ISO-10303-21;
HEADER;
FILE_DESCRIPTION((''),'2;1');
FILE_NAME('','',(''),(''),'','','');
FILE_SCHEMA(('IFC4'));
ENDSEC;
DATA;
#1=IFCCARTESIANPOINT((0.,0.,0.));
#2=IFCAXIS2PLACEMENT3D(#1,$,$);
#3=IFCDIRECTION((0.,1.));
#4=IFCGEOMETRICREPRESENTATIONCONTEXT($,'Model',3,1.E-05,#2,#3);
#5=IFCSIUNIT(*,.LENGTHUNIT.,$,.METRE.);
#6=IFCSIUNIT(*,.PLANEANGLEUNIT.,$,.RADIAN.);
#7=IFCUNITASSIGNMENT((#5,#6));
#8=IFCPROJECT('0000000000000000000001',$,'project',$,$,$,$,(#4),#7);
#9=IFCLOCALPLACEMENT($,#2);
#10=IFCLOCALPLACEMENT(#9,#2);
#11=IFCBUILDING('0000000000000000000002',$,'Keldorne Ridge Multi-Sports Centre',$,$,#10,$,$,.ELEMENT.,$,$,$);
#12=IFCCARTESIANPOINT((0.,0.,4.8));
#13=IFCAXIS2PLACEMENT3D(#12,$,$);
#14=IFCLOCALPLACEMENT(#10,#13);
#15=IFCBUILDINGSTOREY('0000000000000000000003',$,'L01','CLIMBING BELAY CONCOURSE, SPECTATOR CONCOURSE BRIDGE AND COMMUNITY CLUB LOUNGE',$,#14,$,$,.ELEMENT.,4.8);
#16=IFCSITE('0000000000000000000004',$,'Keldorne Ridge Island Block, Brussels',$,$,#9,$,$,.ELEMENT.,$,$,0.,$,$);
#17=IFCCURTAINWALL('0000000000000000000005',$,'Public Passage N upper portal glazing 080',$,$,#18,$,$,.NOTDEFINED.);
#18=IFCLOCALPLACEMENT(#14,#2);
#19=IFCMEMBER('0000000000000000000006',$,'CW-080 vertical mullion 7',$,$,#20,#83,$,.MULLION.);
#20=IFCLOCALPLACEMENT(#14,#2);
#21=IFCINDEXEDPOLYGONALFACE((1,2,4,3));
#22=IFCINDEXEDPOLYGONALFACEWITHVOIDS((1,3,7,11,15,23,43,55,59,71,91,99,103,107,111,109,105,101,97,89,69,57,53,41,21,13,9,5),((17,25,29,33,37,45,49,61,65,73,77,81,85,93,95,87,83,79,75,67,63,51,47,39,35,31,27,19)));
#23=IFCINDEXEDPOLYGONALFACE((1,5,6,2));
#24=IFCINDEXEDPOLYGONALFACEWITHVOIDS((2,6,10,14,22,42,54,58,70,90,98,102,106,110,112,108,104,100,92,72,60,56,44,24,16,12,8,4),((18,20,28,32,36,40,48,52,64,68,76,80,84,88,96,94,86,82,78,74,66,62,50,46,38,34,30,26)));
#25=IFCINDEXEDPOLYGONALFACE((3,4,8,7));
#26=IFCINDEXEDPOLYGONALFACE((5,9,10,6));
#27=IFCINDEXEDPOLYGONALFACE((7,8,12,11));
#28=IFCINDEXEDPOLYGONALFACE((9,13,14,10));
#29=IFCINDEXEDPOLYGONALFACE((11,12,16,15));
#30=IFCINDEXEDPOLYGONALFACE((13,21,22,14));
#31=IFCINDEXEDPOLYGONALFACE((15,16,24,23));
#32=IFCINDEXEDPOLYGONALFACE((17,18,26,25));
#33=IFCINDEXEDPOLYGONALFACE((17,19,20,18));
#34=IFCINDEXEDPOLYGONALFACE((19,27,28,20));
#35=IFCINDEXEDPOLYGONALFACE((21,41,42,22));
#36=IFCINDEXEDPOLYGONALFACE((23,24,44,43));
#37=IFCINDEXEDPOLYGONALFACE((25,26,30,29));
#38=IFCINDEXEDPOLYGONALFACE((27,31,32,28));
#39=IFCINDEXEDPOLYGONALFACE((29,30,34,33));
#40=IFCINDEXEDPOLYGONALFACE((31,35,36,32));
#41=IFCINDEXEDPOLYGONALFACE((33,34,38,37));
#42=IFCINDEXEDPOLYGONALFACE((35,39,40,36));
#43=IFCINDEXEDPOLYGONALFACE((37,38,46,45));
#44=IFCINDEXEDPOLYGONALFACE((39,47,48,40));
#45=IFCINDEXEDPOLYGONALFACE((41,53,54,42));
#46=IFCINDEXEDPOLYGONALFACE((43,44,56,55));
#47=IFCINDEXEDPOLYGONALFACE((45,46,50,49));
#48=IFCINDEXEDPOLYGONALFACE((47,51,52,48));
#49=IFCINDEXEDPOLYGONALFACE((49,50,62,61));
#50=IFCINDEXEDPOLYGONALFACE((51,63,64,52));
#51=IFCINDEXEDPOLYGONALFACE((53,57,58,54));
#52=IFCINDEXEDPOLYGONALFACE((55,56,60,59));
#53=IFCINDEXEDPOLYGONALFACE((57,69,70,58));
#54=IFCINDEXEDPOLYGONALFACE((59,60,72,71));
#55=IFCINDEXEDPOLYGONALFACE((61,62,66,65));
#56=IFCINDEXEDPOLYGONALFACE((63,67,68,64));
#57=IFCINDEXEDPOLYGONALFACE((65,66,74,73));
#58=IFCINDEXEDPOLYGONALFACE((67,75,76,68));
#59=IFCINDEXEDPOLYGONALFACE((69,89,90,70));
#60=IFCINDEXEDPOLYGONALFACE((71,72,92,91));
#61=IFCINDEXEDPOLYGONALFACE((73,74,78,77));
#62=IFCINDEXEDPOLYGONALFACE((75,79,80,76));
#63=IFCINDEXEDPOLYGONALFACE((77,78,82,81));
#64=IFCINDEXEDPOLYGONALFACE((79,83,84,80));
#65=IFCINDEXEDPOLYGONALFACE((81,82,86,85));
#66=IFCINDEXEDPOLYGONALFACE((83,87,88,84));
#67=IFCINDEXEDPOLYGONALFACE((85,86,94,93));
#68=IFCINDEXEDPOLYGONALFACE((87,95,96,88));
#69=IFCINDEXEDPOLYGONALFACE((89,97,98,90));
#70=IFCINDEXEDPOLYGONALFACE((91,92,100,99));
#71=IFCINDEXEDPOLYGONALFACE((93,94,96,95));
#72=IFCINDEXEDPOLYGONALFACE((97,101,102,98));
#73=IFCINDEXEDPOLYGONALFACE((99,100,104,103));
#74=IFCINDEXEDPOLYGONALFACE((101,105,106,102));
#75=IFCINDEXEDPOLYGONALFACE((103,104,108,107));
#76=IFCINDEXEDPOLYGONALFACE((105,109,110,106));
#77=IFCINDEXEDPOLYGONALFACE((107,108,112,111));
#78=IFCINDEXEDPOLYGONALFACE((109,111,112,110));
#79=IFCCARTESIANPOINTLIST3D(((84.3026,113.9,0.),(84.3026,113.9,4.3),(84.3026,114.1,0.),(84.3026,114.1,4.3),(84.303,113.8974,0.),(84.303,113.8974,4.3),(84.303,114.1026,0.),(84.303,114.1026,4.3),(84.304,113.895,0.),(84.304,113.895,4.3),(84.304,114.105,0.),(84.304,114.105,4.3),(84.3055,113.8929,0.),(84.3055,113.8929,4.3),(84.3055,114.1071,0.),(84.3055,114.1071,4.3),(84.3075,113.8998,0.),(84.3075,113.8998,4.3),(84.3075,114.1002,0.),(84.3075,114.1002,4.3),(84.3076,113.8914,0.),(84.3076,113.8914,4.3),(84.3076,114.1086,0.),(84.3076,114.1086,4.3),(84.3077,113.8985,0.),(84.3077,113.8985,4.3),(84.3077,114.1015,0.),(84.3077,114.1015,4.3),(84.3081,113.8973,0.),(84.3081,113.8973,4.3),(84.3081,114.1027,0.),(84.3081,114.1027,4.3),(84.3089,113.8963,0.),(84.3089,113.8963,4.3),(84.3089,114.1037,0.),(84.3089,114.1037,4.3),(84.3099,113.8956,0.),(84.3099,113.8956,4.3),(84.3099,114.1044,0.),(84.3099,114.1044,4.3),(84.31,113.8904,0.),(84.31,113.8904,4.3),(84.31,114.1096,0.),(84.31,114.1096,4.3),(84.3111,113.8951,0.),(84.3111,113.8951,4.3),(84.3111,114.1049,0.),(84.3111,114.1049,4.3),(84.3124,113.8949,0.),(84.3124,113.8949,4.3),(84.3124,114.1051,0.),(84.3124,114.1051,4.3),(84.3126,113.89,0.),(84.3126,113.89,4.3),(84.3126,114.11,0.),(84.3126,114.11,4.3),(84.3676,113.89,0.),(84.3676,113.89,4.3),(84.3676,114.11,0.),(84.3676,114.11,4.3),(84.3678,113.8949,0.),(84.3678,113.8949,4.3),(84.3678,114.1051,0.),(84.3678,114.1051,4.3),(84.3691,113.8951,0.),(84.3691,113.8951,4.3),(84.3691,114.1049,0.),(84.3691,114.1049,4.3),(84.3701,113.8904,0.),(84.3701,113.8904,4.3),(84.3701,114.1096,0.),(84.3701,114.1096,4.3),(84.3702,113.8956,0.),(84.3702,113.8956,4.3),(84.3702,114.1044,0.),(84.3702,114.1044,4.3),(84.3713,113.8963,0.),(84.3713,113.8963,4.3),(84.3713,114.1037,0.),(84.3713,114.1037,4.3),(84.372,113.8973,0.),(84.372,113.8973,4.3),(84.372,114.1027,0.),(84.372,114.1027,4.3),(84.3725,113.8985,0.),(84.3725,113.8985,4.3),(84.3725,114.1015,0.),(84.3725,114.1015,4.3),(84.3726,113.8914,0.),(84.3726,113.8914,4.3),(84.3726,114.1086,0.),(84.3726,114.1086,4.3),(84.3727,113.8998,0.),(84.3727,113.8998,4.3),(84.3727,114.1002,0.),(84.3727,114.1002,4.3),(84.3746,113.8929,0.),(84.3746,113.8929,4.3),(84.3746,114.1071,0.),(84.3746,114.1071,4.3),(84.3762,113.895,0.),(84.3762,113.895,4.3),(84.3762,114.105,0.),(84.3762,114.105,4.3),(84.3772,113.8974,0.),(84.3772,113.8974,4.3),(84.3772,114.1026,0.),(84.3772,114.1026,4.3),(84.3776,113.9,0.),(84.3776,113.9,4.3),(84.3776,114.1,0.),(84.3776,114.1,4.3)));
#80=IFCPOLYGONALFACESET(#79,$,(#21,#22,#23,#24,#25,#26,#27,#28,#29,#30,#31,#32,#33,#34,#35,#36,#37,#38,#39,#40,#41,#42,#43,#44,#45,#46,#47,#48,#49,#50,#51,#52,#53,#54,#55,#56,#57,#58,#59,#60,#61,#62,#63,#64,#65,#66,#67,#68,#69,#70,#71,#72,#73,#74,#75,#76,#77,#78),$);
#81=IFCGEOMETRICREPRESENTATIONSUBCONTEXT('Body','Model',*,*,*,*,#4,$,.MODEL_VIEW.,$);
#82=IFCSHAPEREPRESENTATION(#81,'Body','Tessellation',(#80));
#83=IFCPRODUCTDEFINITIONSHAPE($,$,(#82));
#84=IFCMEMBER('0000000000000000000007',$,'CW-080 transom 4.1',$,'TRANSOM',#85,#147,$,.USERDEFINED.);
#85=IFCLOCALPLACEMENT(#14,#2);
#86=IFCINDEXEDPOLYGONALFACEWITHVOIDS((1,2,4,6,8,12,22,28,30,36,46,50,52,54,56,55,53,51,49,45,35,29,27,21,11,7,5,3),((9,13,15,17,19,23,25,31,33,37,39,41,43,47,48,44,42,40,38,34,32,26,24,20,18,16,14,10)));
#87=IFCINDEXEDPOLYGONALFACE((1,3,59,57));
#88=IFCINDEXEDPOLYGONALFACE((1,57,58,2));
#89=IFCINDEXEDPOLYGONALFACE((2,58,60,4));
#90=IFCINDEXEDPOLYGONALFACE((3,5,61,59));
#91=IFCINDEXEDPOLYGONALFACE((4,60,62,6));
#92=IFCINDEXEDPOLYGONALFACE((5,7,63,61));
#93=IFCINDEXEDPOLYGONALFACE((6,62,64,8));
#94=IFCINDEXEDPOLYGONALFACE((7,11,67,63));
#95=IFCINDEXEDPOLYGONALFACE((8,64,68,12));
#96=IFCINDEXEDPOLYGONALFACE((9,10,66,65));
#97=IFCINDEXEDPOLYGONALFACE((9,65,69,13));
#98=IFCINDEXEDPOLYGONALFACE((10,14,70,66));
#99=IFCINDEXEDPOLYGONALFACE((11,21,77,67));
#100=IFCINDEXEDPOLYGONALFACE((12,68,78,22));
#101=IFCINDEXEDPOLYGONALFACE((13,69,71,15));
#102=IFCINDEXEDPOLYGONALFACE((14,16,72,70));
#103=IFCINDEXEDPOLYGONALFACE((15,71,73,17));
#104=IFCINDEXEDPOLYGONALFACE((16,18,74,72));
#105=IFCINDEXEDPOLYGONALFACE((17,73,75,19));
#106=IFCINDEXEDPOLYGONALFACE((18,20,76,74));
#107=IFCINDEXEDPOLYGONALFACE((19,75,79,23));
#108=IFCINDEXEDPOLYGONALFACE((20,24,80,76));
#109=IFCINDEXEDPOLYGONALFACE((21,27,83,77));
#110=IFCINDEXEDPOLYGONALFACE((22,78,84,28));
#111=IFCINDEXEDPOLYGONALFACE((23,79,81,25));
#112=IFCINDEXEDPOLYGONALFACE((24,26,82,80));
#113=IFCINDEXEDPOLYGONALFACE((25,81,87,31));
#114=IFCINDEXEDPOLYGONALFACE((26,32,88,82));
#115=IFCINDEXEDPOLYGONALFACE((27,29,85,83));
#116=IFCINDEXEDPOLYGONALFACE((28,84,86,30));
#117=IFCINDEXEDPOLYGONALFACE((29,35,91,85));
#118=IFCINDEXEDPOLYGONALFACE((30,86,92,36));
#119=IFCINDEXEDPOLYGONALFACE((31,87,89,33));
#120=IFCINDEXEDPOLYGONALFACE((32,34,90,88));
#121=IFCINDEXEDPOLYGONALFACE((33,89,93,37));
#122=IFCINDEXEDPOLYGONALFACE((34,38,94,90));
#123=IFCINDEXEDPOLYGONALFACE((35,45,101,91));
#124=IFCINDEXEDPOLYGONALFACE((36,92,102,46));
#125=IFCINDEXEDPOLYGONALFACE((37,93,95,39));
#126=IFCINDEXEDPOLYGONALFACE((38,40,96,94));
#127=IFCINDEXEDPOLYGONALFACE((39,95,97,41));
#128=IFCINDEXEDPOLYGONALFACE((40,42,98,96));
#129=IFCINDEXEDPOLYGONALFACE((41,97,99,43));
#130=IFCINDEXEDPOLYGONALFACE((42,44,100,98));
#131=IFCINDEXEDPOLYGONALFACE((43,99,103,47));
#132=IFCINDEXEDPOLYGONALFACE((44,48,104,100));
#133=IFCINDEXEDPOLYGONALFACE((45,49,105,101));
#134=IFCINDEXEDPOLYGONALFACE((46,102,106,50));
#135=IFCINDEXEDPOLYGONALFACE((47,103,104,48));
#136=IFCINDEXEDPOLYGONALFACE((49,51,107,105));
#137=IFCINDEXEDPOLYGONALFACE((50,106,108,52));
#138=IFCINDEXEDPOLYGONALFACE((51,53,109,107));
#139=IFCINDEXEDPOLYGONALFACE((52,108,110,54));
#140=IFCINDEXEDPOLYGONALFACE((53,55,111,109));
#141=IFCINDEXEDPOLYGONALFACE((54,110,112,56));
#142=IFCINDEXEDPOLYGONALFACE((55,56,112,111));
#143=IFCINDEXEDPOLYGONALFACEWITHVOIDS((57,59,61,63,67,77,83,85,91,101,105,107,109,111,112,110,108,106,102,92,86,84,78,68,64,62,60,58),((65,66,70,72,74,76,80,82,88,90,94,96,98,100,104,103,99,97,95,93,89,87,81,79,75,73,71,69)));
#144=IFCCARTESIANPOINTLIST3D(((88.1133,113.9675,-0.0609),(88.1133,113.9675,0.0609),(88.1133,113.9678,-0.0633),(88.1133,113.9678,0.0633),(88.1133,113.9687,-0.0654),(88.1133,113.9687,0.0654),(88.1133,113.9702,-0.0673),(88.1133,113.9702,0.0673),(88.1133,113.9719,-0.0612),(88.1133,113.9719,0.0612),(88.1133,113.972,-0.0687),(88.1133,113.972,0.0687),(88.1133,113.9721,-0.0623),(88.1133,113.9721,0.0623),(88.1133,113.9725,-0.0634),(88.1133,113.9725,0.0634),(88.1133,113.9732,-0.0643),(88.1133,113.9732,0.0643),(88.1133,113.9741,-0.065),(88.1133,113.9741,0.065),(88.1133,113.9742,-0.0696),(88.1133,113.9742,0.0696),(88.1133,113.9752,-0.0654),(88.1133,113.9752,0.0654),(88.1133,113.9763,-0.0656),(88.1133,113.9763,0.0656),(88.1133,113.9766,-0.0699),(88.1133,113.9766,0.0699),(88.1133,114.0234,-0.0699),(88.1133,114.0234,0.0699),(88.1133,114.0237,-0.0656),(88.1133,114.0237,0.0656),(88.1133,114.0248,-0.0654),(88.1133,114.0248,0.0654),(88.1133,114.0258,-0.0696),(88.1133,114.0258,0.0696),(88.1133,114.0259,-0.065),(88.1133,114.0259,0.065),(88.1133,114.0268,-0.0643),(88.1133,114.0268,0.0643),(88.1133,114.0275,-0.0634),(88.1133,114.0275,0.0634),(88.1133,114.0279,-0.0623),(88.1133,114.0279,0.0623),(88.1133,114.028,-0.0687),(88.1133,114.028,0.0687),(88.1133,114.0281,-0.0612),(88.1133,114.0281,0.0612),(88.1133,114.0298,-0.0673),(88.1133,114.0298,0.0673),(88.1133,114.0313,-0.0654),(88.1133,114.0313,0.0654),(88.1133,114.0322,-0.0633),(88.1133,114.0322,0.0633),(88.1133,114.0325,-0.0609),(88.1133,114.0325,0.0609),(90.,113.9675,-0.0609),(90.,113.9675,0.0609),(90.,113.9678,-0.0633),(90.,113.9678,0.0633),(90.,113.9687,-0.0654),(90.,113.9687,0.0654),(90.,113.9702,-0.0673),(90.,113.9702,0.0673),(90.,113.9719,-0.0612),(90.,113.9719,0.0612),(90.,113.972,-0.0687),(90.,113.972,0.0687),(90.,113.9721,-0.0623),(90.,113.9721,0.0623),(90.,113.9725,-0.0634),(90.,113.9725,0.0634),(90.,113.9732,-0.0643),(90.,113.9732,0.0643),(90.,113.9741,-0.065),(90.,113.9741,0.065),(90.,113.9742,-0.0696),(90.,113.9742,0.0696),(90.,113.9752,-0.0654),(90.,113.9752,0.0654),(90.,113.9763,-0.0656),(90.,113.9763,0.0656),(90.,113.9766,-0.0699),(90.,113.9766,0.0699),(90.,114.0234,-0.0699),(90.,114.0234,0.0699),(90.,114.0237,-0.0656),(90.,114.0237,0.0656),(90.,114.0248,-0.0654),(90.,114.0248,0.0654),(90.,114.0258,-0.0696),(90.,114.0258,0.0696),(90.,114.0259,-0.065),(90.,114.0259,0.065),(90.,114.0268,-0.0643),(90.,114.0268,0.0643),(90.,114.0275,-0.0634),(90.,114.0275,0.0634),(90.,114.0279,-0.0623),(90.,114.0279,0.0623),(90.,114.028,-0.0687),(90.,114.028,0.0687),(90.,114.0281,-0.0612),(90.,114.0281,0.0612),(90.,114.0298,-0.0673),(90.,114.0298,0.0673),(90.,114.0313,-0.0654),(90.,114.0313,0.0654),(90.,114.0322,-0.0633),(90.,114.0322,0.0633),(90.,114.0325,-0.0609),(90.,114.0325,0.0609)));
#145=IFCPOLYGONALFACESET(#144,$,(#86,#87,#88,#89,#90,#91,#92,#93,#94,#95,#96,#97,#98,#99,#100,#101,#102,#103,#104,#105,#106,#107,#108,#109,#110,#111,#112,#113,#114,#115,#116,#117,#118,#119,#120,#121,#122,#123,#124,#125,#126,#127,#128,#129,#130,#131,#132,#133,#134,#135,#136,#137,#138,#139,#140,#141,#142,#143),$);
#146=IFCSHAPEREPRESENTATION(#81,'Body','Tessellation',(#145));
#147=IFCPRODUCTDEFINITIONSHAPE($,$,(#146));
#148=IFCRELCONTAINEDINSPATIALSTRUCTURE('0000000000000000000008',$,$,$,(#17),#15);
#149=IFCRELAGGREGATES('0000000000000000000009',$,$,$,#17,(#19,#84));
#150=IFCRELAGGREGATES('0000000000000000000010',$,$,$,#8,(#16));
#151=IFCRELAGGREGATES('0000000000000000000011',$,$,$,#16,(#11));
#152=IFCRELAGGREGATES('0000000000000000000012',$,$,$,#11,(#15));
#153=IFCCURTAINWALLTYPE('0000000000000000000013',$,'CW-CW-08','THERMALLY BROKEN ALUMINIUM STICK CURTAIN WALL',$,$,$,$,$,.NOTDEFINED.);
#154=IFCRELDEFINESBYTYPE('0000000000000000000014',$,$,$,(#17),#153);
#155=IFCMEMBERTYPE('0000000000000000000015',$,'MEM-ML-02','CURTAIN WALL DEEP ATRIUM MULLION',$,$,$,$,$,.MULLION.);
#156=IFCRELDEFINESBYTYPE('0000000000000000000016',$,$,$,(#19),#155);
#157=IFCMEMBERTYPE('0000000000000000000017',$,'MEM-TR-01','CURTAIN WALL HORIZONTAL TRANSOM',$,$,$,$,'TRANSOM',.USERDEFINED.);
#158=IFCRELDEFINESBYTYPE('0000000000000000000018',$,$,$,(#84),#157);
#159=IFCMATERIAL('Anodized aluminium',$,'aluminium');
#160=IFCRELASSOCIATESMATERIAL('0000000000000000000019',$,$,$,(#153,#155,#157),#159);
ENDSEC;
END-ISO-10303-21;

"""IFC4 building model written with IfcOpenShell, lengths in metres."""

from ifc_helpers import new_model, si_unit, direction, frame, origin, origin_2d, place, context, subcontext, project, spatial, hollow_rectangle, extrude, material, material_profile, profile_set, type_object, element, aggregate, save


model = new_model("IFC4")

# Units and contexts
model_context = context("Model", 3, precision=1e-05, world=origin(), true_north=direction((0.0, 1.0)))
body_context = subcontext(model_context, "Body", "Model", "MODEL_VIEW")
ifc_project = project(units=[si_unit("LENGTHUNIT", "METRE"), si_unit("PLANEANGLEUNIT", "RADIAN")], contexts=[model_context])

# Site, building, storey
site_placement = place(None, origin())
site = spatial("IfcSite", under=ifc_project, at=site_placement, Name="Keldorne Ridge Island Block, Brussels", CompositionType="ELEMENT", RefElevation=0.0)
building_placement = place(site_placement, origin())
building = spatial("IfcBuilding", under=site, at=building_placement, Name="Keldorne Ridge Multi-Sports Centre", CompositionType="ELEMENT")
storey_placement = place(building_placement, frame((0.0, 0.0, 4.8)))
storey = spatial("IfcBuildingStorey", under=building, at=storey_placement, Name="L01", Description="CLIMBING BELAY CONCOURSE, SPECTATOR CONCOURSE BRIDGE AND COMMUNITY CLUB LOUNGE", CompositionType="ELEMENT", Elevation=4.8)

# Curtain wall, members
ifc_material_1 = material(Name="Anodized aluminium", Category="aluminium")
curtain_wall_type = type_object("IfcCurtainWallType", Name="CW-CW-08", Description="THERMALLY BROKEN ALUMINIUM STICK CURTAIN WALL", PredefinedType="NOTDEFINED", material=ifc_material_1)
curtain_wall_placement = place(storey_placement, origin())
curtain_wall = element("IfcCurtainWall", 1, at=curtain_wall_placement, inside=storey, type_object=curtain_wall_type, Name="Public Passage N upper portal glazing 080", PredefinedType="NOTDEFINED")
ifc_material_profile_1 = material_profile(ifc_material_1, hollow_rectangle(XDim=0.075, YDim=0.22, WallThickness=0.0049, InnerFilletRadius=0.0049, OuterFilletRadius=0.01, at=origin_2d()), Name="ALU MULLION 220x75x5")
ifc_profile_set_1 = profile_set([ifc_material_profile_1], Name="Anodized aluminium")
member_type_1 = type_object("IfcMemberType", Name="MEM-ML-02", Description="CURTAIN WALL DEEP ATRIUM MULLION", PredefinedType="MULLION", material=ifc_profile_set_1)
member_1_placement = place(storey_placement, frame((84.3401, 114.0, 0.0), z_axis=(0.0, 0.0, 1.0), x_axis=(1.0, 0.0, 0.0)))
member_1 = element("IfcMember", 2, at=member_1_placement, type_object=member_type_1, Name="CW-080 vertical mullion 7", PredefinedType="MULLION", context=body_context, shape_type="SweptSolid", body=[
    extrude(hollow_rectangle(XDim=0.075, YDim=0.22, WallThickness=0.0049, InnerFilletRadius=0.0049, OuterFilletRadius=0.01, at=origin_2d()), origin(), (0.0, 0.0, 1.0), 4.3),
])
ifc_material_profile_2 = material_profile(ifc_material_1, hollow_rectangle(XDim=0.0649, YDim=0.1399, WallThickness=0.0044, InnerFilletRadius=0.0044, OuterFilletRadius=0.009, at=origin_2d()), Name="ALU TRANSOM 140x65x4.5")
ifc_profile_set_2 = profile_set([ifc_material_profile_2], Name="Anodized aluminium")
member_type_2 = type_object("IfcMemberType", Name="MEM-TR-01", Description="CURTAIN WALL HORIZONTAL TRANSOM", ElementType="TRANSOM", PredefinedType="USERDEFINED", material=ifc_profile_set_2)
member_2_placement = place(storey_placement, frame((90.0, 114.0, 0.0), z_axis=(-1.0, 0.0, 0.0), x_axis=(0.0, -1.0, 0.0)))
member_2 = element("IfcMember", 3, at=member_2_placement, type_object=member_type_2, Name="CW-080 transom 4.1", ObjectType="TRANSOM", PredefinedType="USERDEFINED", context=body_context, shape_type="SweptSolid", body=[
    extrude(hollow_rectangle(XDim=0.0649, YDim=0.1399, WallThickness=0.0044, InnerFilletRadius=0.0044, OuterFilletRadius=0.009, at=origin_2d()), origin(), (0.0, 0.0, 1.0), 1.8867),
])
aggregate(curtain_wall, [member_1, member_2])

save(model, "model.ifc")
